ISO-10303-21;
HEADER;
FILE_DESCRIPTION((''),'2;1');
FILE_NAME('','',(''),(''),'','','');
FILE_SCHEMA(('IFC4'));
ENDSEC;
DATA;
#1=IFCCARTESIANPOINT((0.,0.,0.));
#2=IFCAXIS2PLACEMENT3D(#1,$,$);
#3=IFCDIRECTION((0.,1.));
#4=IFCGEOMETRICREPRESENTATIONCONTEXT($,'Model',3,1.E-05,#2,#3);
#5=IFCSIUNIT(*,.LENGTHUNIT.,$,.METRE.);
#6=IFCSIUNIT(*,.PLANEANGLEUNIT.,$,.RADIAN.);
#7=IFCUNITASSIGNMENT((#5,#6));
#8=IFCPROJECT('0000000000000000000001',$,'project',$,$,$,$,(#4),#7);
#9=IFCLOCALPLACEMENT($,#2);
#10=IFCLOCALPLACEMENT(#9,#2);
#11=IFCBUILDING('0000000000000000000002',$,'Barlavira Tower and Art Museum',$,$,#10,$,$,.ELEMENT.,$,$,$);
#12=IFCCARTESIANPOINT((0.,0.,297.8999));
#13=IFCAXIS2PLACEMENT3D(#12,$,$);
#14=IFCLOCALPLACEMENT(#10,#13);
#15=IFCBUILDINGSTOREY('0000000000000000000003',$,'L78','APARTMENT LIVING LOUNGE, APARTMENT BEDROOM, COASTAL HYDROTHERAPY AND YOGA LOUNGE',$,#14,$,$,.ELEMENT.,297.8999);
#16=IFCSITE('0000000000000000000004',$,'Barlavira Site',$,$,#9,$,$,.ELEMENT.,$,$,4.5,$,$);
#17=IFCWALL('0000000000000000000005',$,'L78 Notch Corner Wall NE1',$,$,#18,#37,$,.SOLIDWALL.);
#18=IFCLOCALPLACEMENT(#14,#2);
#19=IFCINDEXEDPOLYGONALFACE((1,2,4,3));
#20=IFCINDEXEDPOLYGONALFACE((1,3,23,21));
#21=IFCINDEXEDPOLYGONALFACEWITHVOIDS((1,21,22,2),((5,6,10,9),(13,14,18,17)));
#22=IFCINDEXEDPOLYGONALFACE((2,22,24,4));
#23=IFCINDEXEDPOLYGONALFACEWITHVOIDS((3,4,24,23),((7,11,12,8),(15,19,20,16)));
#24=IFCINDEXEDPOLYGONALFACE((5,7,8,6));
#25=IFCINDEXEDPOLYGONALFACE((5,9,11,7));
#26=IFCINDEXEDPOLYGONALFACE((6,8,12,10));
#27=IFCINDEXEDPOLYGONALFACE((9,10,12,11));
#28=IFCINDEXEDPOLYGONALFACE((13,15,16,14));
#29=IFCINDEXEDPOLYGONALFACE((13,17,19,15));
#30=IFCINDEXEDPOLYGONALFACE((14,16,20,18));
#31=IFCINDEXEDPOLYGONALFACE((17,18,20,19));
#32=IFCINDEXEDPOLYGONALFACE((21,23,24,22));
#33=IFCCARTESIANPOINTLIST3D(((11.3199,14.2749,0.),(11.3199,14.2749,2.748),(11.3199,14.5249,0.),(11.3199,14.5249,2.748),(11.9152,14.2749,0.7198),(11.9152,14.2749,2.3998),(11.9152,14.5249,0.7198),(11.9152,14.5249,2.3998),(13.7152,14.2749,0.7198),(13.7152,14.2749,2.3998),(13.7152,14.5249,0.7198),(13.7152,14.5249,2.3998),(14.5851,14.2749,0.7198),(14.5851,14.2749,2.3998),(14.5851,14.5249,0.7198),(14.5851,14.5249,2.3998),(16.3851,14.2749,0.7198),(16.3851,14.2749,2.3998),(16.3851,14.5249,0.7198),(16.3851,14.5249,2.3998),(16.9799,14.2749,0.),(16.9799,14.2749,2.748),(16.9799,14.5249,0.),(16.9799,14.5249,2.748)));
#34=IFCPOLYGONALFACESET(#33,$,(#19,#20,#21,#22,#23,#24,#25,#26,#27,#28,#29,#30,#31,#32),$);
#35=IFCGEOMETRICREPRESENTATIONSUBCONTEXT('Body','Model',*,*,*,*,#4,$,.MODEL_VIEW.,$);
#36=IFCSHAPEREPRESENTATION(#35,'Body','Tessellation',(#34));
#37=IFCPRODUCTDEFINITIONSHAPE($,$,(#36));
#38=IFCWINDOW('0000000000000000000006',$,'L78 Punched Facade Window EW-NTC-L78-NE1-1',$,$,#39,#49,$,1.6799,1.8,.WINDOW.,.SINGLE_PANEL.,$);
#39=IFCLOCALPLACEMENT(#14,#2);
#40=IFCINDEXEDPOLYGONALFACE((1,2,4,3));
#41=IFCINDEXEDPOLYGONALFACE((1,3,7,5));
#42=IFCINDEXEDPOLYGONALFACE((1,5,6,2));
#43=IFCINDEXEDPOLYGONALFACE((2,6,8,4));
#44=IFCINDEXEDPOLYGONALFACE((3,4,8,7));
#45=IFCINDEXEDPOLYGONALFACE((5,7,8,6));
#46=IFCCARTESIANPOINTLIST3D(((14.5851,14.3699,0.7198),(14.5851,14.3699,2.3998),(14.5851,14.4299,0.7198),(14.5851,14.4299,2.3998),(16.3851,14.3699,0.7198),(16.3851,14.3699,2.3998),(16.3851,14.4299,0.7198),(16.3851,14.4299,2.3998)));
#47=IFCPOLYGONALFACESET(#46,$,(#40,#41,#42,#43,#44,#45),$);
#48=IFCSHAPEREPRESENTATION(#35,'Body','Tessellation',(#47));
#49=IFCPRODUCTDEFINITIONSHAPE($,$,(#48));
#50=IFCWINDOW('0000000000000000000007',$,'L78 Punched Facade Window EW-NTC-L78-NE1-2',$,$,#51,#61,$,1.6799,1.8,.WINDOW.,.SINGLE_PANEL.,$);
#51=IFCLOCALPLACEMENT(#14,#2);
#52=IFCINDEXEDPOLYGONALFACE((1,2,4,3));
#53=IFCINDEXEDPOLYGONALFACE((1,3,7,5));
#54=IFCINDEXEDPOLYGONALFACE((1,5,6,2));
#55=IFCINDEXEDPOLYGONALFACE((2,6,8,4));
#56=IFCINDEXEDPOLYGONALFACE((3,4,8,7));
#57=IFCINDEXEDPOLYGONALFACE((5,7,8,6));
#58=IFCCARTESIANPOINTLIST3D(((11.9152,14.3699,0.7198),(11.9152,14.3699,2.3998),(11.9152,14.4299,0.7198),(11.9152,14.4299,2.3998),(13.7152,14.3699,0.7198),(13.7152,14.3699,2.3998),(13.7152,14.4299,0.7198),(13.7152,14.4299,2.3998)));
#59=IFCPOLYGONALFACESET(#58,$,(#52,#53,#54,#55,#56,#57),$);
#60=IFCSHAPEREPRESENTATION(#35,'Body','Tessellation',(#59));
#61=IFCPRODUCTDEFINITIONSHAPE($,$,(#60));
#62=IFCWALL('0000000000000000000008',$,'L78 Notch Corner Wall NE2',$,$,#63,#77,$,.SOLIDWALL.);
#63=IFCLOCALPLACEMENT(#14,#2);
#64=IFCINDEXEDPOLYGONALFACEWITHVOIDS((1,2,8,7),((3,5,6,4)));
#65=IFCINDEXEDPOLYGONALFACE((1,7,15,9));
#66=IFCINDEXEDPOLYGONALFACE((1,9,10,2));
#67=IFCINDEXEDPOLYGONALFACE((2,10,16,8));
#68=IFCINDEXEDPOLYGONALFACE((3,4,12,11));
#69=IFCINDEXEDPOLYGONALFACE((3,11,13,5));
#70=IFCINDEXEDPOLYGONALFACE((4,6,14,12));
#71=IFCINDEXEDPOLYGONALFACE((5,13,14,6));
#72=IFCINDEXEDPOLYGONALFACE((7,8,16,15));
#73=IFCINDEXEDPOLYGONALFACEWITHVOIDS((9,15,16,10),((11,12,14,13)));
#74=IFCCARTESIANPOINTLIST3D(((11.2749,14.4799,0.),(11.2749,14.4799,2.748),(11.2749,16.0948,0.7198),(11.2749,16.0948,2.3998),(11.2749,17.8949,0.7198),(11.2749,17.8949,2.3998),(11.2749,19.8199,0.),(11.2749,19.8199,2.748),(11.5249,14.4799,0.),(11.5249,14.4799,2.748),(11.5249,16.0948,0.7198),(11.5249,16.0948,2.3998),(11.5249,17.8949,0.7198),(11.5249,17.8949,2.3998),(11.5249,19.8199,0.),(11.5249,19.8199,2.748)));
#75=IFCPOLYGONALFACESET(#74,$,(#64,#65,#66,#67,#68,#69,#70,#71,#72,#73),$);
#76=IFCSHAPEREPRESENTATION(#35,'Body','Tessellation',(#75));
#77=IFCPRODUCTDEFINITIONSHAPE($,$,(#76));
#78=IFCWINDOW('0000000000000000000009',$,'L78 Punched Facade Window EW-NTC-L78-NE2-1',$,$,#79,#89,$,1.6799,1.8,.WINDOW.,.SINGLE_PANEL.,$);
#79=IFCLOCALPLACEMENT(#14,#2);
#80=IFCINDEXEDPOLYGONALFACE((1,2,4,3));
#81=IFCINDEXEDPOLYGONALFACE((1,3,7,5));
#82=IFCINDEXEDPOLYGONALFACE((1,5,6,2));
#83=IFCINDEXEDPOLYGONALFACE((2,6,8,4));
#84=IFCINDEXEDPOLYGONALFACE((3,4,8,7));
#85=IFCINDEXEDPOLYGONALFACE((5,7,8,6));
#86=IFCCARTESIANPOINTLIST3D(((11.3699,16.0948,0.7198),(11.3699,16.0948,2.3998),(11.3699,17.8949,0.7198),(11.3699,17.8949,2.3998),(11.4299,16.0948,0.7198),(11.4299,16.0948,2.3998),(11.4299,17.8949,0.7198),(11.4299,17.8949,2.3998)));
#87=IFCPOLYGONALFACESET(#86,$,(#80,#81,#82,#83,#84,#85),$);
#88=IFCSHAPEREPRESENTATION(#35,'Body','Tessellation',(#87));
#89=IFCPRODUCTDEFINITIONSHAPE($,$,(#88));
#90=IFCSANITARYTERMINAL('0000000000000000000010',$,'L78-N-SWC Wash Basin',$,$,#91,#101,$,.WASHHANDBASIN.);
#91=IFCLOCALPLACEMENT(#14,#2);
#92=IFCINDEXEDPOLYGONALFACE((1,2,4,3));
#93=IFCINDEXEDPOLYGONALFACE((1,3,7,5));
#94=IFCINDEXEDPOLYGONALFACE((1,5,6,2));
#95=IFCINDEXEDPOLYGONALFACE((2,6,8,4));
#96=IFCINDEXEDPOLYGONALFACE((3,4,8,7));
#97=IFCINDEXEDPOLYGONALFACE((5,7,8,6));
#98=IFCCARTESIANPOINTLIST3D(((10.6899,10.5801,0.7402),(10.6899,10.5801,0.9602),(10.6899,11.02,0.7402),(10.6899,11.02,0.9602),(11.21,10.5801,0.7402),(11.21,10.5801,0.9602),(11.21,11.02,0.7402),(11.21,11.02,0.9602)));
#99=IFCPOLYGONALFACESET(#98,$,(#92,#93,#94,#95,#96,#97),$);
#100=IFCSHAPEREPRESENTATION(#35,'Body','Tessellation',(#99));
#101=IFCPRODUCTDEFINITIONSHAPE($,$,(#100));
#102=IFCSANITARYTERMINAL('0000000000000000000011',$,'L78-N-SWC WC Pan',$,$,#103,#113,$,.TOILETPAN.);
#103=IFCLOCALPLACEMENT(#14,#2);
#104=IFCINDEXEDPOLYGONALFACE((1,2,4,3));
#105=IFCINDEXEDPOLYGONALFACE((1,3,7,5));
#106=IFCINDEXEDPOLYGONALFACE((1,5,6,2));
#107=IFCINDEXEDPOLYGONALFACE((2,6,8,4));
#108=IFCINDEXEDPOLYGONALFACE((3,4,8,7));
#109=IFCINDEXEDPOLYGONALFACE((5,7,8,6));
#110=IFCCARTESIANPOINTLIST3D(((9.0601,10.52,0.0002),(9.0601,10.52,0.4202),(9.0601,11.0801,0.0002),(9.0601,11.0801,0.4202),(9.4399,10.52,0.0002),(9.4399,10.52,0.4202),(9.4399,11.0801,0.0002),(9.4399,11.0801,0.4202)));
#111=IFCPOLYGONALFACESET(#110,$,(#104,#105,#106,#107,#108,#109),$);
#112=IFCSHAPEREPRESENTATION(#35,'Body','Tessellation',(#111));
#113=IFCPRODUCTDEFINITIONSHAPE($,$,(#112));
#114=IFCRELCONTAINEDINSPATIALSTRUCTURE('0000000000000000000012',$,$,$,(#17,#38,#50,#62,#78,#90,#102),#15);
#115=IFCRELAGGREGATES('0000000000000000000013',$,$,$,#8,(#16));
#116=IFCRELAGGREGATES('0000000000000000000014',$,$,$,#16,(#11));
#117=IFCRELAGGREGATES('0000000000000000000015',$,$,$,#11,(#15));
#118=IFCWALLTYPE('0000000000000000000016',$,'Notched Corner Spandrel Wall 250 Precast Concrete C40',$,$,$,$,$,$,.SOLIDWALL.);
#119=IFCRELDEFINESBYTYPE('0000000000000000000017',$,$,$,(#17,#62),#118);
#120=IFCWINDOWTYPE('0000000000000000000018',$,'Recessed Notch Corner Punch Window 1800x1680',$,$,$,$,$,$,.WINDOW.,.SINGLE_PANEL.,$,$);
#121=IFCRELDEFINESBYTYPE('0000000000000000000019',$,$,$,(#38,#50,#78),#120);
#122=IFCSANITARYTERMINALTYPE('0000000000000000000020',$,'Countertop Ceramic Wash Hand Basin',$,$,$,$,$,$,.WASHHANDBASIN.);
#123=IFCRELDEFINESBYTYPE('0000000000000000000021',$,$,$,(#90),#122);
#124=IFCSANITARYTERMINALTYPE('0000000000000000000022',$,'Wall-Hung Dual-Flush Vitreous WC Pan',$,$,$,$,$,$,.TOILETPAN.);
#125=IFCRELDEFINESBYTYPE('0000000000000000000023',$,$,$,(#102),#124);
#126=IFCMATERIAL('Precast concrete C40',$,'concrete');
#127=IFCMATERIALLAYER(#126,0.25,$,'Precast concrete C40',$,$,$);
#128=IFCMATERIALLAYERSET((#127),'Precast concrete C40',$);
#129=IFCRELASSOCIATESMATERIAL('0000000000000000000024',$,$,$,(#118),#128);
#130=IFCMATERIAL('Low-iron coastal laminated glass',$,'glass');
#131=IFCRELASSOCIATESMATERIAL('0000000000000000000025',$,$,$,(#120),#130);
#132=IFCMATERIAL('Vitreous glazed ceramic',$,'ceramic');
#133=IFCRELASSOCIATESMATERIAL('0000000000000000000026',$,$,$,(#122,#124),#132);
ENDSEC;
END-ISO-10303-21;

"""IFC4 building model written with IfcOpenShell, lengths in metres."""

from ifc_helpers import new_model, si_unit, direction, frame, frame_2d, origin, origin_2d, place, context, subcontext, project, spatial, rectangle, extrude, material, layer, layer_set, type_object, element, fill, save


model = new_model("IFC4")

# Units and contexts
model_context = context("Model", 3, precision=1e-05, world=origin(), true_north=direction((0.0, 1.0)))
body_context = subcontext(model_context, "Body", "Model", "MODEL_VIEW")
ifc_project = project(units=[si_unit("LENGTHUNIT", "METRE"), si_unit("PLANEANGLEUNIT", "RADIAN")], contexts=[model_context])

# Site, building, storey
site_placement = place(None, origin())
site = spatial("IfcSite", under=ifc_project, at=site_placement, Name="Barlavira Site", CompositionType="ELEMENT", RefElevation=4.5)
building_placement = place(site_placement, origin())
building = spatial("IfcBuilding", under=site, at=building_placement, Name="Barlavira Tower and Art Museum", CompositionType="ELEMENT")
storey_placement = place(building_placement, frame((0.0, 0.0, 297.8999)))
storey = spatial("IfcBuildingStorey", under=building, at=storey_placement, Name="L78", Description="APARTMENT LIVING LOUNGE, APARTMENT BEDROOM, COASTAL HYDROTHERAPY AND YOGA LOUNGE", CompositionType="ELEMENT", Elevation=297.8999)

# Shared definitions
ifc_material_1 = material(Name="Precast concrete C40", Category="concrete")
ifc_layer_1 = layer(ifc_material_1, 0.25, Name="Precast concrete C40")
ifc_layer_set_1 = layer_set([ifc_layer_1], Name="Precast concrete C40")
wall_type_1 = type_object("IfcWallType", Name="Notched Corner Spandrel Wall 250 Precast Concrete C40", PredefinedType="SOLIDWALL", material=ifc_layer_set_1)
ifc_material_2 = material(Name="Low-iron coastal laminated glass", Category="glass")

# Shared definitions
window_type_1 = type_object("IfcWindowType", Name="Recessed Notch Corner Punch Window 1800x1680", PartitioningType="SINGLE_PANEL", PredefinedType="WINDOW", material=ifc_material_2)

# Wall, openings, windows
wall_1_placement = place(storey_placement, frame((16.98, 14.3999, 0.0), z_axis=(0.0, 0.0, 1.0), x_axis=(-1.0, 0.0, 0.0)))
wall_1 = element("IfcWall", 1, at=wall_1_placement, inside=storey, type_object=wall_type_1, Name="L78 Notch Corner Wall NE1", PredefinedType="SOLIDWALL", context=body_context, shape_type="SweptSolid", body=[
    extrude(rectangle(XDim=5.6599, YDim=0.25, at=frame_2d((2.8301, 0.0))), origin(), (0.0, 0.0, 1.0), 2.748),
])
opening_1_placement = place(wall_1_placement, frame((0.595, 0.0, 0.72)))
opening_1 = element("IfcOpeningElement", 2, at=opening_1_placement, cuts=wall_1, PredefinedType="OPENING", context=body_context, shape_type="SweptSolid", body=[
    extrude(rectangle(XDim=1.8, YDim=1.6799, at=frame_2d((0.8999, 0.8398))), frame((0.0, 0.135, 0.0), z_axis=(0.0, -1.0, 0.0), x_axis=(1.0, 0.0, 0.0)), (0.0, 0.0, 1.0), 0.27),
])
opening_2_placement = place(wall_1_placement, frame((3.2649, 0.0, 0.72)))
opening_2 = element("IfcOpeningElement", 3, at=opening_2_placement, cuts=wall_1, PredefinedType="OPENING", context=body_context, shape_type="SweptSolid", body=[
    extrude(rectangle(XDim=1.8, YDim=1.6799, at=frame_2d((0.8999, 0.8398))), frame((0.0, 0.135, 0.0), z_axis=(0.0, -1.0, 0.0), x_axis=(1.0, 0.0, 0.0)), (0.0, 0.0, 1.0), 0.27),
])
window_1_placement = place(opening_1_placement, origin())
window_1 = element("IfcWindow", 4, at=window_1_placement, inside=storey, type_object=window_type_1, Name="L78 Punched Facade Window EW-NTC-L78-NE1-1", OverallHeight=1.6799, OverallWidth=1.8, PartitioningType="SINGLE_PANEL", PredefinedType="WINDOW", context=body_context, shape_type="SweptSolid", body=[
    extrude(rectangle(XDim=1.8, YDim=1.6799, at=frame_2d((0.8999, 0.8398))), frame((0.0, 0.03, 0.0), z_axis=(0.0, -1.0, 0.0), x_axis=(1.0, 0.0, 0.0)), (0.0, 0.0, 1.0), 0.0601),
])
fill(opening_1, window_1)
window_2_placement = place(opening_2_placement, origin())
window_2 = element("IfcWindow", 5, at=window_2_placement, inside=storey, type_object=window_type_1, Name="L78 Punched Facade Window EW-NTC-L78-NE1-2", OverallHeight=1.6799, OverallWidth=1.8, PartitioningType="SINGLE_PANEL", PredefinedType="WINDOW", context=body_context, shape_type="SweptSolid", body=[
    extrude(rectangle(XDim=1.8, YDim=1.6799, at=frame_2d((0.8999, 0.8398))), frame((0.0, 0.03, 0.0), z_axis=(0.0, -1.0, 0.0), x_axis=(1.0, 0.0, 0.0)), (0.0, 0.0, 1.0), 0.0601),
])
fill(opening_2, window_2)

# Wall, opening, window
wall_2_placement = place(storey_placement, frame((11.3999, 14.48, 0.0), z_axis=(0.0, 0.0, 1.0), x_axis=(0.0, 1.0, 0.0)))
wall_2 = element("IfcWall", 6, at=wall_2_placement, inside=storey, type_object=wall_type_1, Name="L78 Notch Corner Wall NE2", PredefinedType="SOLIDWALL", context=body_context, shape_type="SweptSolid", body=[
    extrude(rectangle(XDim=5.3401, YDim=0.25, at=frame_2d((2.6699, 0.0))), origin(), (0.0, 0.0, 1.0), 2.748),
])
opening_3_placement = place(wall_2_placement, frame((1.615, 0.0, 0.72)))
opening_3 = element("IfcOpeningElement", 7, at=opening_3_placement, cuts=wall_2, PredefinedType="OPENING", context=body_context, shape_type="SweptSolid", body=[
    extrude(rectangle(XDim=1.8, YDim=1.6799, at=frame_2d((0.8999, 0.8398))), frame((0.0, 0.135, 0.0), z_axis=(0.0, -1.0, 0.0), x_axis=(1.0, 0.0, 0.0)), (0.0, 0.0, 1.0), 0.27),
])
window_3_placement = place(opening_3_placement, origin())
window_3 = element("IfcWindow", 8, at=window_3_placement, inside=storey, type_object=window_type_1, Name="L78 Punched Facade Window EW-NTC-L78-NE2-1", OverallHeight=1.6799, OverallWidth=1.8, PartitioningType="SINGLE_PANEL", PredefinedType="WINDOW", context=body_context, shape_type="SweptSolid", body=[
    extrude(rectangle(XDim=1.8, YDim=1.6799, at=frame_2d((0.8999, 0.8398))), frame((0.0, 0.03, 0.0), z_axis=(0.0, -1.0, 0.0), x_axis=(1.0, 0.0, 0.0)), (0.0, 0.0, 1.0), 0.0601),
])
fill(opening_3, window_3)

# Sanitary terminals
ifc_material_3 = material(Name="Vitreous glazed ceramic", Category="ceramic")
sanitary_terminal_type_1 = type_object("IfcSanitaryTerminalType", Name="Countertop Ceramic Wash Hand Basin", PredefinedType="WASHHANDBASIN", material=ifc_material_3)
sanitary_terminal_1_placement = place(storey_placement, frame((10.95, 10.8, 0.7402), z_axis=(0.0, 0.0, 1.0), x_axis=(1.0, 0.0, 0.0)))
element("IfcSanitaryTerminal", 9, at=sanitary_terminal_1_placement, inside=storey, type_object=sanitary_terminal_type_1, Name="L78-N-SWC Wash Basin", PredefinedType="WASHHANDBASIN", context=body_context, shape_type="SweptSolid", body=[
    extrude(rectangle(XDim=0.52, YDim=0.4399, at=origin_2d()), origin(), (0.0, 0.0, 1.0), 0.22),
])
sanitary_terminal_type_2 = type_object("IfcSanitaryTerminalType", Name="Wall-Hung Dual-Flush Vitreous WC Pan", PredefinedType="TOILETPAN", material=ifc_material_3)
sanitary_terminal_2_placement = place(storey_placement, frame((9.25, 10.8, 0.0002), z_axis=(0.0, 0.0, 1.0), x_axis=(1.0, 0.0, 0.0)))
element("IfcSanitaryTerminal", 10, at=sanitary_terminal_2_placement, inside=storey, type_object=sanitary_terminal_type_2, Name="L78-N-SWC WC Pan", PredefinedType="TOILETPAN", context=body_context, shape_type="SweptSolid", body=[
    extrude(rectangle(XDim=0.3799, YDim=0.5601, at=origin_2d()), origin(), (0.0, 0.0, 1.0), 0.4199),
])

save(model, "model.ifc")
